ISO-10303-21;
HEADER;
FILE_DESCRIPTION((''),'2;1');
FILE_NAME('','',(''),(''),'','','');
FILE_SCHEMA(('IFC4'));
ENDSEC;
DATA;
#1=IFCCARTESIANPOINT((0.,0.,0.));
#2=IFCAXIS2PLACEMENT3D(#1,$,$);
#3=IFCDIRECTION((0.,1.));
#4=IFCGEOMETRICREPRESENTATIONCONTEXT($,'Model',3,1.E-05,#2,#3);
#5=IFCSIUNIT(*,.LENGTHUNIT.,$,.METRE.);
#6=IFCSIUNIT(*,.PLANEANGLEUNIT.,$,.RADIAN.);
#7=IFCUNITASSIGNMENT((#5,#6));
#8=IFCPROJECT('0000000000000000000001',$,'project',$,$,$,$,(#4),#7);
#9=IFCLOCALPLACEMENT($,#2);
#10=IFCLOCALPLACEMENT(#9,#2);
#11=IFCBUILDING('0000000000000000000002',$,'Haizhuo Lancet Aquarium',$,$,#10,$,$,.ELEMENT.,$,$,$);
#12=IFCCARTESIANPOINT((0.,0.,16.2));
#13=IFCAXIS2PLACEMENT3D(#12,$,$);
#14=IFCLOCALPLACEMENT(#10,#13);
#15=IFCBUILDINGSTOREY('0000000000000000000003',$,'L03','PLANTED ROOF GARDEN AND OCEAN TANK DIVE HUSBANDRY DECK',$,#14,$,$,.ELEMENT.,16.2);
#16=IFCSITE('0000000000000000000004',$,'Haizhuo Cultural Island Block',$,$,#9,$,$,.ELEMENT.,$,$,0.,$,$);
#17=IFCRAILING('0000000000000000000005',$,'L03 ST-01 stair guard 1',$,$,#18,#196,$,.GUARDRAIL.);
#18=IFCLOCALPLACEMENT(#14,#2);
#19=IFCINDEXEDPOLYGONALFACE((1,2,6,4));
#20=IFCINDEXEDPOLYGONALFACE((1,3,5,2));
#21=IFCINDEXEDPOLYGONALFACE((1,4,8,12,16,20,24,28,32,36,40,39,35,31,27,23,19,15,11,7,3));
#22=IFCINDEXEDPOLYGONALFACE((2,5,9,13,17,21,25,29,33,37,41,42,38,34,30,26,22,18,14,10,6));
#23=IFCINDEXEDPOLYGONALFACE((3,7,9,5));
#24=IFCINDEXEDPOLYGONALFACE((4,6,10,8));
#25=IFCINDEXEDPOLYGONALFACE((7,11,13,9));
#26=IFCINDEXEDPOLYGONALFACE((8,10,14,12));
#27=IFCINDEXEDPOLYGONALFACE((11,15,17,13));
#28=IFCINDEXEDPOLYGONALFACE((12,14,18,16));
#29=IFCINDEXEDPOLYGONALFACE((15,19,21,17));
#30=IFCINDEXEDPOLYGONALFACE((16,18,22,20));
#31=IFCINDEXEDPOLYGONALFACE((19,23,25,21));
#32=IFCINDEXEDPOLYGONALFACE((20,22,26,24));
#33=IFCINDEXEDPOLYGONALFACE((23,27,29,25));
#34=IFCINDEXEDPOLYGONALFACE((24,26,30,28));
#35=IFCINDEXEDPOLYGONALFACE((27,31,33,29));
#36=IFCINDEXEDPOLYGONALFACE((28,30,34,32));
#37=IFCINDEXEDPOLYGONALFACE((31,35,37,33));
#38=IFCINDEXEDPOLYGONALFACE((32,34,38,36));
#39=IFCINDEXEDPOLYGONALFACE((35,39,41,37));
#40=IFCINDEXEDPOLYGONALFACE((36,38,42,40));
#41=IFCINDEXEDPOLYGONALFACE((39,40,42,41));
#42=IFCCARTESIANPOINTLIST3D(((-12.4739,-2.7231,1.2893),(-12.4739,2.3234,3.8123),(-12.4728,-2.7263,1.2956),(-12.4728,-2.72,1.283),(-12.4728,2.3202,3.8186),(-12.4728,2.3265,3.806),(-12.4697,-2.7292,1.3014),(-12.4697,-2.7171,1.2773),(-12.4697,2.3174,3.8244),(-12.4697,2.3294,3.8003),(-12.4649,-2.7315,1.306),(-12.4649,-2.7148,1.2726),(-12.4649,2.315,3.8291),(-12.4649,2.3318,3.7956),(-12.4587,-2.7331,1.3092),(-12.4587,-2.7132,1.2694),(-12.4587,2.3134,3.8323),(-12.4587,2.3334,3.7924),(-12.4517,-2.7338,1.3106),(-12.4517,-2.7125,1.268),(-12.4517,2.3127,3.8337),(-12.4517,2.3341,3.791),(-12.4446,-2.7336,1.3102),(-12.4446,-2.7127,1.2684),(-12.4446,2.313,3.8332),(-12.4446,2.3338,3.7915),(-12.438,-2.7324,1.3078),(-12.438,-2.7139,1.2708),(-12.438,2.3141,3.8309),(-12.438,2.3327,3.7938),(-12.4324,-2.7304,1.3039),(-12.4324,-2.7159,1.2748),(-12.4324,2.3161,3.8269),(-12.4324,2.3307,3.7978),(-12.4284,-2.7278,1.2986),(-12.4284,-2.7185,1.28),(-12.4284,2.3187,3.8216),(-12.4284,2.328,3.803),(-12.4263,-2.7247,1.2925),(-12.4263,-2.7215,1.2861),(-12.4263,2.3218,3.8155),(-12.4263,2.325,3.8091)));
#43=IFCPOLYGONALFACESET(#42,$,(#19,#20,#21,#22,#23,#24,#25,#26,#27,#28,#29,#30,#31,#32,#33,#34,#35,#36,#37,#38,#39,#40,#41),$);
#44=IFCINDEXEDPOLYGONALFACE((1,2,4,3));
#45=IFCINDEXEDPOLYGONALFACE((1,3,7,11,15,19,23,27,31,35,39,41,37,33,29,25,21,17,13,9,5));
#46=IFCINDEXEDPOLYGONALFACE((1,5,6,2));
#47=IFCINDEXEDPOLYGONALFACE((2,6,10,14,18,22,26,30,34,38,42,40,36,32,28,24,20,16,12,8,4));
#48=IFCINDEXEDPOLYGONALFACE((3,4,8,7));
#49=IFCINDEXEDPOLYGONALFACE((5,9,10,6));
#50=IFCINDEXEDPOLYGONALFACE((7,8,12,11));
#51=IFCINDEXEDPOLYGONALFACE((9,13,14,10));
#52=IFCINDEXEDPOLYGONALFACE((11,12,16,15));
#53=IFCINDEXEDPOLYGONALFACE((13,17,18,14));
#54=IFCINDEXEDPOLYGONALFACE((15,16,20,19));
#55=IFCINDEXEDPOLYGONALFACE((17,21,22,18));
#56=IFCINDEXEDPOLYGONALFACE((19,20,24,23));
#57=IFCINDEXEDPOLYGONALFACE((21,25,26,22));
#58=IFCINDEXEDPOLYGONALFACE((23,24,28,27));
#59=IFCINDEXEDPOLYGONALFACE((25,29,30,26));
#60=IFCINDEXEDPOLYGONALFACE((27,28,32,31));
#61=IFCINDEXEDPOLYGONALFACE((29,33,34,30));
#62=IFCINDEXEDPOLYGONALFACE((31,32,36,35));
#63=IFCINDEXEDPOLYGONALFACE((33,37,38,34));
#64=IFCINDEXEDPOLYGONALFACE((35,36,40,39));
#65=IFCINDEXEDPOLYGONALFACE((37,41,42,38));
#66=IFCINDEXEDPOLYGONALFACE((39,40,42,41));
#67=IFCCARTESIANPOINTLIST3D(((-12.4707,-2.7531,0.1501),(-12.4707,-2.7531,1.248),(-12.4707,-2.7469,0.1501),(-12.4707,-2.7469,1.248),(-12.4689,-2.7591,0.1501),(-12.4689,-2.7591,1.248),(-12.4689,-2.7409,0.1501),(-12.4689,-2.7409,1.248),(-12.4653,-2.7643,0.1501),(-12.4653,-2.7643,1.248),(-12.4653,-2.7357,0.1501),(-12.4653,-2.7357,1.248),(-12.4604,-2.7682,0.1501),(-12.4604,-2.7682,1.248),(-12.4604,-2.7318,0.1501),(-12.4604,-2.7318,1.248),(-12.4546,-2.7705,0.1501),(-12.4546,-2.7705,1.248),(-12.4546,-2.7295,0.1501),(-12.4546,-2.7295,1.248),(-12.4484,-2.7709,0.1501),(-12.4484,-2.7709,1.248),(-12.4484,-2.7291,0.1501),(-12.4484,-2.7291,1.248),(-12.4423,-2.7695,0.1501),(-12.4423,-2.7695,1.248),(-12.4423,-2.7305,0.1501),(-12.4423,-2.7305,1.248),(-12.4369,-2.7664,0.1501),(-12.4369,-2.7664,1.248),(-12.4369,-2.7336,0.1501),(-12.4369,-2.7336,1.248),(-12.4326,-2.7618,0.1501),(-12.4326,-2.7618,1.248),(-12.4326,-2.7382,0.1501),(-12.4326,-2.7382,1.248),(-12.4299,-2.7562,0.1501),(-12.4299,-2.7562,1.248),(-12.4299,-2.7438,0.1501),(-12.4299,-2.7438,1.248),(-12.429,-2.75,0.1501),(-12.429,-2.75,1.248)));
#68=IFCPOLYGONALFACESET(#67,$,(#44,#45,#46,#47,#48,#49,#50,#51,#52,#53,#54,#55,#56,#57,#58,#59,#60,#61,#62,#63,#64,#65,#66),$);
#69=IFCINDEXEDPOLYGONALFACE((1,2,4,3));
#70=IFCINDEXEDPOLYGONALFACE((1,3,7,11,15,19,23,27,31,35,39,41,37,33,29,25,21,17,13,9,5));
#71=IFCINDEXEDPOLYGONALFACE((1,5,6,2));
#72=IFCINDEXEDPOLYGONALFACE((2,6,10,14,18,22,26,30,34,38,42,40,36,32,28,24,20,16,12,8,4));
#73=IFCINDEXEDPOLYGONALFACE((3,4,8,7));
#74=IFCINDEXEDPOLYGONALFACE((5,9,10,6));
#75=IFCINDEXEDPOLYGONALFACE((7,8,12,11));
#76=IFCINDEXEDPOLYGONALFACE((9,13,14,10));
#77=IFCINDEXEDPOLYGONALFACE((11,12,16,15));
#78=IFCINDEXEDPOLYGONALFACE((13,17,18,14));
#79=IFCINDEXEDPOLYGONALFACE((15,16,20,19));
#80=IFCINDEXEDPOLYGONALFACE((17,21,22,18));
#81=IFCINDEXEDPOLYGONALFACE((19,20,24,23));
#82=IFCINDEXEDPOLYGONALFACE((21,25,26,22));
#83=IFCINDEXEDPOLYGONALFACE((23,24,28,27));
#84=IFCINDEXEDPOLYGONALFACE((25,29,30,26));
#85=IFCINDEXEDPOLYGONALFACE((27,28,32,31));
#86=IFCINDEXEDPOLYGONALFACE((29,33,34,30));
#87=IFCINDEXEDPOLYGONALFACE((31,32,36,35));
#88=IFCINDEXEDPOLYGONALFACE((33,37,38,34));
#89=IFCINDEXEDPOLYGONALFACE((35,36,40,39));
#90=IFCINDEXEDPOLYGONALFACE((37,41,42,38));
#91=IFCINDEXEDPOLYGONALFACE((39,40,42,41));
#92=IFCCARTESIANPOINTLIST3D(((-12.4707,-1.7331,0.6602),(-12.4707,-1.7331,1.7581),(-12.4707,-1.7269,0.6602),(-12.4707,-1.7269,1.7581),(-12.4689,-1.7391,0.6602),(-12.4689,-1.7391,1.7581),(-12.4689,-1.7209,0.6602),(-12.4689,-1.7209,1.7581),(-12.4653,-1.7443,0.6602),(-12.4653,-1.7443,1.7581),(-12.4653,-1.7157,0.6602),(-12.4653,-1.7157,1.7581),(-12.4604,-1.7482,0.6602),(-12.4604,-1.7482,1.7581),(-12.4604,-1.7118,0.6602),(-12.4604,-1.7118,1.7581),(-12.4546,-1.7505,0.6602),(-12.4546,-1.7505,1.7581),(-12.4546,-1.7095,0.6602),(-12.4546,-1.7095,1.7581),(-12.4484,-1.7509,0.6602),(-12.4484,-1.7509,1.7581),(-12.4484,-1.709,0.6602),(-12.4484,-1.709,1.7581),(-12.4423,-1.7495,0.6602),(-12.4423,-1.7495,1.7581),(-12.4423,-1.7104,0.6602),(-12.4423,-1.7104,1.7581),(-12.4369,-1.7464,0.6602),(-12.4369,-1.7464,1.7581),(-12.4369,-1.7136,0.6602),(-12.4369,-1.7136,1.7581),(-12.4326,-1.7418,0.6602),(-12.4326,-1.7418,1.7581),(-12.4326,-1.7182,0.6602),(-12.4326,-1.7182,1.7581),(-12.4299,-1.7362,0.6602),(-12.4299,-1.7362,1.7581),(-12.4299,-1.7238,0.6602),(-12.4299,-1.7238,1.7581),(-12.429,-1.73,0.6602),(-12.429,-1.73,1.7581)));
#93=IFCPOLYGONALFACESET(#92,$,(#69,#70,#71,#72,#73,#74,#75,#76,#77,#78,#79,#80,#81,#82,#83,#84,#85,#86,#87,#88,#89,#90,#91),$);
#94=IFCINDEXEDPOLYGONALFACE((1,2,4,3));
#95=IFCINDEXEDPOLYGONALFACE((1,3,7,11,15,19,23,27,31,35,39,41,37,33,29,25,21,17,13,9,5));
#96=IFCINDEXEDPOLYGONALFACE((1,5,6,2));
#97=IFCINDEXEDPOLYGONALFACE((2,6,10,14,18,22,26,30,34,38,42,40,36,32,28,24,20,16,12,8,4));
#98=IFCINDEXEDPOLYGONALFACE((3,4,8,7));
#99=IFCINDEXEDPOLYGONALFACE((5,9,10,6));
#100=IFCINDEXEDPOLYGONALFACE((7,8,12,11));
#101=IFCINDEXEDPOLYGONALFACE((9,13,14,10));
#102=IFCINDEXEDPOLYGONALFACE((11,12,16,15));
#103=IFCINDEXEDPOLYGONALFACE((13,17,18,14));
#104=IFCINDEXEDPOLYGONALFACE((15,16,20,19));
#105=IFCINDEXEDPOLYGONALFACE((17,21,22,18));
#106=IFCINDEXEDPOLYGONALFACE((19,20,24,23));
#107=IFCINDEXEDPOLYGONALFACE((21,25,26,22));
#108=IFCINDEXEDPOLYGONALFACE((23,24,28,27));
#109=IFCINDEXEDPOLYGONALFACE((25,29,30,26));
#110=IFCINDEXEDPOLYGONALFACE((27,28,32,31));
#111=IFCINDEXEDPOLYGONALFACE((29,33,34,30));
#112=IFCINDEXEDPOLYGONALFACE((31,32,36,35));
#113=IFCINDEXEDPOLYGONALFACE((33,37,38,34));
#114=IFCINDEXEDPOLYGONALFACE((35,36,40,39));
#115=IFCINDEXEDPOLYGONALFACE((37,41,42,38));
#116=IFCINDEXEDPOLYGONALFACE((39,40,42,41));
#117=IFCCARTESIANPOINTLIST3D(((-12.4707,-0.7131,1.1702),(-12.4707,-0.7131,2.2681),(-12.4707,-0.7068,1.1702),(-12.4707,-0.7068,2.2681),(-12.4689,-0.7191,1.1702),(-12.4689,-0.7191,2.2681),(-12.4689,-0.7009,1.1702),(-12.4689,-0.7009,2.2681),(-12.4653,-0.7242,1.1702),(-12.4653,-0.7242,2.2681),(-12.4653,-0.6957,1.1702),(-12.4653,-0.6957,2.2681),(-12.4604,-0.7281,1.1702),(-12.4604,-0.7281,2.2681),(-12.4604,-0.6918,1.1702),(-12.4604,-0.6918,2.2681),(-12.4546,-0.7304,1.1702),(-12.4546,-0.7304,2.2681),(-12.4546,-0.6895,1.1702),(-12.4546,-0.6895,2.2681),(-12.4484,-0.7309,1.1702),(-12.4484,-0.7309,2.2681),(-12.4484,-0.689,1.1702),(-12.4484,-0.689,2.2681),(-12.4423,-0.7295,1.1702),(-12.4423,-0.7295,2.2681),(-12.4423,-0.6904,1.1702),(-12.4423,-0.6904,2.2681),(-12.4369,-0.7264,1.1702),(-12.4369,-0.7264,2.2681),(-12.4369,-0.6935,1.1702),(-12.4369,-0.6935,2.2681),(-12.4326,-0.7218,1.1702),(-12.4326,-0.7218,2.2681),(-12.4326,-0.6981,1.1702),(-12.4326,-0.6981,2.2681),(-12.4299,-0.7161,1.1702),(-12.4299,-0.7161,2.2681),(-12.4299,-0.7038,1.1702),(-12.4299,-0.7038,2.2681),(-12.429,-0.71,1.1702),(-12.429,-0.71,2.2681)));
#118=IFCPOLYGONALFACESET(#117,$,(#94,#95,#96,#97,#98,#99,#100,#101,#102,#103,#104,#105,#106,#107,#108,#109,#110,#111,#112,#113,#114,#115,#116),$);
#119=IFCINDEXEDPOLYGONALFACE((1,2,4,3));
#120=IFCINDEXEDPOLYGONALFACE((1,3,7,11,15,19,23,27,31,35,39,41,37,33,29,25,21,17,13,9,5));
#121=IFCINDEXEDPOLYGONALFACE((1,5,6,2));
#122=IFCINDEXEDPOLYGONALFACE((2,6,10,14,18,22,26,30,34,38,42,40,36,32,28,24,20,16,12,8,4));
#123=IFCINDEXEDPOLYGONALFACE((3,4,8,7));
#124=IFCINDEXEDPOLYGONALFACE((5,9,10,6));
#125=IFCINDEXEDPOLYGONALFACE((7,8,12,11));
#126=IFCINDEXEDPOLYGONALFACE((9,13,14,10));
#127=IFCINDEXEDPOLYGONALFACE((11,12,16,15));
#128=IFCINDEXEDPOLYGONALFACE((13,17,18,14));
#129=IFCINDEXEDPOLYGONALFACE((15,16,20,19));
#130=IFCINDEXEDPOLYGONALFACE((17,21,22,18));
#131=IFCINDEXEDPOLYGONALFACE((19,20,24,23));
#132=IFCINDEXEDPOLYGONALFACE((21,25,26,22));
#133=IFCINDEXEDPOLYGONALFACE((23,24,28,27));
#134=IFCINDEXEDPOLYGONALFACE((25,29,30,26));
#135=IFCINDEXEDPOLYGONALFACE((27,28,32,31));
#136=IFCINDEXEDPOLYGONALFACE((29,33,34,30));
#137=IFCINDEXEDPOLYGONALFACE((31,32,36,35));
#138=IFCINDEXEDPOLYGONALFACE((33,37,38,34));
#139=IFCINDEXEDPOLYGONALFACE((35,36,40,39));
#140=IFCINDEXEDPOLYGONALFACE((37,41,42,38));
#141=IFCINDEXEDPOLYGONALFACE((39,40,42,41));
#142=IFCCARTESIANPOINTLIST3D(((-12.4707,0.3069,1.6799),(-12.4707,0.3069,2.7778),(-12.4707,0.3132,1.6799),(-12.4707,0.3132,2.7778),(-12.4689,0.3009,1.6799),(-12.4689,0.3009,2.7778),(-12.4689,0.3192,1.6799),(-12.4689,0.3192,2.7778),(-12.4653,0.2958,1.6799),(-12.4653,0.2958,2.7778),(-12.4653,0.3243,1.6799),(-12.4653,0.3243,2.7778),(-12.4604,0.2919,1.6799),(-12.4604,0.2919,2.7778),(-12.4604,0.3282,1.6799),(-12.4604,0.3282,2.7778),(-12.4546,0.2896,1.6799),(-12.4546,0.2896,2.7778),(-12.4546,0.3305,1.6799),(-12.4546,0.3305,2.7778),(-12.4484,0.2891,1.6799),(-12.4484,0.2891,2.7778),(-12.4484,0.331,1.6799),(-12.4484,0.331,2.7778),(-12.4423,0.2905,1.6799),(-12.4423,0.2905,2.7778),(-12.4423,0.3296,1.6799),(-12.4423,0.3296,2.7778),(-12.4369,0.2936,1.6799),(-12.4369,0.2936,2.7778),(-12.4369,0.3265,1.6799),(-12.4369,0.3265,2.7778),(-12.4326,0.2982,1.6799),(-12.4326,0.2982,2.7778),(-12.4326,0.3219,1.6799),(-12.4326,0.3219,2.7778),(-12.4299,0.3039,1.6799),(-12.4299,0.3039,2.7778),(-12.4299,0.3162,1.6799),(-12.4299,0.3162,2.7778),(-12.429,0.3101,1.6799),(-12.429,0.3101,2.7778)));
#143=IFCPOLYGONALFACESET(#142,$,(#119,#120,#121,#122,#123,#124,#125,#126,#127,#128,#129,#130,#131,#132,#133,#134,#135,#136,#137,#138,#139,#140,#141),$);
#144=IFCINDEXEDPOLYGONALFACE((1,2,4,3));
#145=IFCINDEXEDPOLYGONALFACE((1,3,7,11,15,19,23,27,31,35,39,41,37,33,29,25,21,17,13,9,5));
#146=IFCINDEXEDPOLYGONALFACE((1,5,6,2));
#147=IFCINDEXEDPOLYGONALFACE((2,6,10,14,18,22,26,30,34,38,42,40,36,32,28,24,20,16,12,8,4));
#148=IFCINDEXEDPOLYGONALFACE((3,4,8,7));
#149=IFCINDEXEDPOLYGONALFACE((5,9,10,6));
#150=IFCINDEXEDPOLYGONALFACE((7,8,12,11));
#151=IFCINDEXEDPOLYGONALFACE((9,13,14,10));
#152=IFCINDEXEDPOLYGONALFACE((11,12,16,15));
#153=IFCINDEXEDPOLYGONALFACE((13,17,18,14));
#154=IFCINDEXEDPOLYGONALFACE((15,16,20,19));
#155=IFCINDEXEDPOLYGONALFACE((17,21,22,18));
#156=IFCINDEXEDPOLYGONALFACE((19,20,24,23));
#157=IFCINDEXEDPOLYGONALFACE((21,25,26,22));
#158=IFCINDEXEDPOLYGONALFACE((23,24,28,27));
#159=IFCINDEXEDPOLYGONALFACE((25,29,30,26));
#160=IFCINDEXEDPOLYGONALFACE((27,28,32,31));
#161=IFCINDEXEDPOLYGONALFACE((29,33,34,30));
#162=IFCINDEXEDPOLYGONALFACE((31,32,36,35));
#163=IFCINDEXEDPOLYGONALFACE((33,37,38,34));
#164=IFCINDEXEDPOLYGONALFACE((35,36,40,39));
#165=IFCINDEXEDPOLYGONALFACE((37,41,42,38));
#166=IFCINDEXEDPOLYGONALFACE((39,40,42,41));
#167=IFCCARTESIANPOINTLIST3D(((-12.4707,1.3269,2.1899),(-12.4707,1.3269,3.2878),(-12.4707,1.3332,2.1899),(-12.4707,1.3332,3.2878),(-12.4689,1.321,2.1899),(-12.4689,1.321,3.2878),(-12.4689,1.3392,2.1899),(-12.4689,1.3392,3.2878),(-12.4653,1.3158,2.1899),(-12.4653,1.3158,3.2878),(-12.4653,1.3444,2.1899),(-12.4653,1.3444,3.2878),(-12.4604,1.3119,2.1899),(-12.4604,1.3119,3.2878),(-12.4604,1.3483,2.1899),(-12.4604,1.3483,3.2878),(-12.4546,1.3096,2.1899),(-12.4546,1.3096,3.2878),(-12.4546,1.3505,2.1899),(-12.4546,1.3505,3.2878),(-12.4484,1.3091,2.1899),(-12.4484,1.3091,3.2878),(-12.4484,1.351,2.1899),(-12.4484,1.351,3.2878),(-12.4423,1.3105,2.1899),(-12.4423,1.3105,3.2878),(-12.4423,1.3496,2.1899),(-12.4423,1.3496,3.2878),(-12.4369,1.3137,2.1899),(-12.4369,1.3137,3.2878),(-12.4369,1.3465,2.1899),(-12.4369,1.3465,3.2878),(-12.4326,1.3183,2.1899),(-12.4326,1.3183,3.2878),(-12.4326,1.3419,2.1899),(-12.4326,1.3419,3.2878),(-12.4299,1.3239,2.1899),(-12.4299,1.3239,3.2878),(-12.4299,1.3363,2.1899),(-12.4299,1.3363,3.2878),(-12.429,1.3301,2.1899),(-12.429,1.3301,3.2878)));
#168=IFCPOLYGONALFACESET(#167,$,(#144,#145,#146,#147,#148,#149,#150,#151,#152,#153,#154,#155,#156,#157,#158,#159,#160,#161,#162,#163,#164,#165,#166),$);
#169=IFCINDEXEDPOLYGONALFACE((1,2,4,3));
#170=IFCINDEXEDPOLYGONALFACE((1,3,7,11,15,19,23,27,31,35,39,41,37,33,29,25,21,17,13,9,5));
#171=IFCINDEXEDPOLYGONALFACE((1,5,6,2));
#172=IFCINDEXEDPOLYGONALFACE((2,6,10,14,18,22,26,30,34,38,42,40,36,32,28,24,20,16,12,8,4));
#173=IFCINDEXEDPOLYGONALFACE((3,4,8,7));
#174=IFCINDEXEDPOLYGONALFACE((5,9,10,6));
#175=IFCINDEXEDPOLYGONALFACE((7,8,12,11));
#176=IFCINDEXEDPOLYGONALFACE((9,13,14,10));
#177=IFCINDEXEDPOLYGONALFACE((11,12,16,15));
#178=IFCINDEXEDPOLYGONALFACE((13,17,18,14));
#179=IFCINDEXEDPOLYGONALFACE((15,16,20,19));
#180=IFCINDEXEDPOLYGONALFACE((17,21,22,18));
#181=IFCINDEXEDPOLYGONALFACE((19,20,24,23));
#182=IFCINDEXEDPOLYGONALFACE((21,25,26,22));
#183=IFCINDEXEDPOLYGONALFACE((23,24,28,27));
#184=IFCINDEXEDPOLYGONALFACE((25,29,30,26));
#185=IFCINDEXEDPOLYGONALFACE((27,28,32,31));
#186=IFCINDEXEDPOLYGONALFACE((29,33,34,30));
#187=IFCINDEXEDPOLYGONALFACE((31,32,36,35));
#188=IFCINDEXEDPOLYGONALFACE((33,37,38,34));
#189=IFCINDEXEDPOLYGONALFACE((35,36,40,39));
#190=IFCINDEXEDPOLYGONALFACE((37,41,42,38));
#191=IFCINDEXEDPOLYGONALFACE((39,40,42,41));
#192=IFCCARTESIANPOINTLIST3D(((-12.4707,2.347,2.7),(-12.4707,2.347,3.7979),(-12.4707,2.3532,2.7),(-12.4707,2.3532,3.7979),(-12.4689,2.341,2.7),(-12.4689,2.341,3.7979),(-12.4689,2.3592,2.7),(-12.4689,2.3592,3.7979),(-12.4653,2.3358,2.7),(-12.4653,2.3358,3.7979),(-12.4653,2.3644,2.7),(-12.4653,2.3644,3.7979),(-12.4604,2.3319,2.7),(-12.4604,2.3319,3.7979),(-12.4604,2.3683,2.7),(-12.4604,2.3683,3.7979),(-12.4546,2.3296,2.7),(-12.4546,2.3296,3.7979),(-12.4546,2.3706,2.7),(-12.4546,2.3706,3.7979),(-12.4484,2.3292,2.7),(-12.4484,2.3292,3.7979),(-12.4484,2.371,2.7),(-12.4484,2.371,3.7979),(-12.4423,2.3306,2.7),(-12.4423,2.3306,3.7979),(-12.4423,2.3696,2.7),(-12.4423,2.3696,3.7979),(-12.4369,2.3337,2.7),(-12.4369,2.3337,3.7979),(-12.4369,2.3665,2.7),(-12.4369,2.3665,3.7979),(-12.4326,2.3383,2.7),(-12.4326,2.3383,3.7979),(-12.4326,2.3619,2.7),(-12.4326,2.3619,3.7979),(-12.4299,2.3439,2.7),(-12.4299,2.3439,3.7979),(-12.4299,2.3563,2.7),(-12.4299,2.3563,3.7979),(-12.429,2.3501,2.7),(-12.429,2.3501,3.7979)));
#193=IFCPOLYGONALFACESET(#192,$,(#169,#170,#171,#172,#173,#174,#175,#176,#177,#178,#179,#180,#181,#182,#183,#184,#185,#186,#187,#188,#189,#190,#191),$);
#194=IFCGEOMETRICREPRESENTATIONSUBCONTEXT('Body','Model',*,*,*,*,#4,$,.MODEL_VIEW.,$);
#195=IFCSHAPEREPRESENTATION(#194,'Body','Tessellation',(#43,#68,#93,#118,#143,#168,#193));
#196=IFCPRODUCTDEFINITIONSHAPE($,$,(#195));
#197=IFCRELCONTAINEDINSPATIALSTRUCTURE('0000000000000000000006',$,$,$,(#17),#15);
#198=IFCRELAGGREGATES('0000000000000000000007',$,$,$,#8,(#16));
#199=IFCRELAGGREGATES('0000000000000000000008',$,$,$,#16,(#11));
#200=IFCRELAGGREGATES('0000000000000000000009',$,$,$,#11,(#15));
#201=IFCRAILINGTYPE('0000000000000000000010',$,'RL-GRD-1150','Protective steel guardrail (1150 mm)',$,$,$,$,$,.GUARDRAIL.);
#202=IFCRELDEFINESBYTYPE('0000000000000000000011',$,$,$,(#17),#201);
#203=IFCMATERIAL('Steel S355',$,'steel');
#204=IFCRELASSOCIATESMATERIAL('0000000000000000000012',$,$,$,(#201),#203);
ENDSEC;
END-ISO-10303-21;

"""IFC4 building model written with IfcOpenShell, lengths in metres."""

from ifc_helpers import new_model, si_unit, direction, frame, origin, origin_2d, place, context, subcontext, project, spatial, circle, extrude, material, type_object, element, save


model = new_model("IFC4")

# Units and contexts
model_context = context("Model", 3, precision=1e-05, world=origin(), true_north=direction((0.0, 1.0)))
body_context = subcontext(model_context, "Body", "Model", "MODEL_VIEW")
ifc_project = project(units=[si_unit("LENGTHUNIT", "METRE"), si_unit("PLANEANGLEUNIT", "RADIAN")], contexts=[model_context])

# Site, building, storey
site_placement = place(None, origin())
site = spatial("IfcSite", under=ifc_project, at=site_placement, Name="Haizhuo Cultural Island Block", CompositionType="ELEMENT", RefElevation=0.0)
building_placement = place(site_placement, origin())
building = spatial("IfcBuilding", under=site, at=building_placement, Name="Haizhuo Lancet Aquarium", CompositionType="ELEMENT")
storey_placement = place(building_placement, frame((0.0, 0.0, 16.2)))
storey = spatial("IfcBuildingStorey", under=building, at=storey_placement, Name="L03", Description="PLANTED ROOF GARDEN AND OCEAN TANK DIVE HUSBANDRY DECK", CompositionType="ELEMENT", Elevation=16.2)

# Shared definitions
ifc_material_1 = material(Name="Steel S355", Category="steel")

# Railing
railing_type_1 = type_object("IfcRailingType", Name="RL-GRD-1150", Description="Protective steel guardrail (1150 mm)", PredefinedType="GUARDRAIL", material=ifc_material_1)
railing_1_placement = place(storey_placement, frame((-12.45, -2.75, 0.1501)))
element("IfcRailing", 1, at=railing_1_placement, inside=storey, type_object=railing_type_1, Name="L03 ST-01 stair guard 1", PredefinedType="GUARDRAIL", context=body_context, shape_type="SweptSolid", body=[
    extrude(circle(Radius=0.0239, at=origin_2d()), frame((0.0, 0.0269, 1.1392), z_axis=(0.0, 0.894444, 0.447179), x_axis=(-1.0, 0.0, 0.0)), (0.0, 0.0, 1.0), 5.6421),
    extrude(circle(Radius=0.021, at=origin_2d()), origin(), (0.0, 0.0, 1.0), 1.0979),
    extrude(circle(Radius=0.021, at=origin_2d()), frame((0.0, 1.02, 0.51)), (0.0, 0.0, 1.0), 1.0979),
    extrude(circle(Radius=0.021, at=origin_2d()), frame((0.0, 2.04, 1.02)), (0.0, 0.0, 1.0), 1.0979),
    extrude(circle(Radius=0.021, at=origin_2d()), frame((0.0, 3.0601, 1.5298)), (0.0, 0.0, 1.0), 1.0979),
    extrude(circle(Radius=0.021, at=origin_2d()), frame((0.0, 4.0801, 2.0398)), (0.0, 0.0, 1.0), 1.0979),
    extrude(circle(Radius=0.021, at=origin_2d()), frame((0.0, 5.1001, 2.5498)), (0.0, 0.0, 1.0), 1.0979),
])

save(model, "model.ifc")
